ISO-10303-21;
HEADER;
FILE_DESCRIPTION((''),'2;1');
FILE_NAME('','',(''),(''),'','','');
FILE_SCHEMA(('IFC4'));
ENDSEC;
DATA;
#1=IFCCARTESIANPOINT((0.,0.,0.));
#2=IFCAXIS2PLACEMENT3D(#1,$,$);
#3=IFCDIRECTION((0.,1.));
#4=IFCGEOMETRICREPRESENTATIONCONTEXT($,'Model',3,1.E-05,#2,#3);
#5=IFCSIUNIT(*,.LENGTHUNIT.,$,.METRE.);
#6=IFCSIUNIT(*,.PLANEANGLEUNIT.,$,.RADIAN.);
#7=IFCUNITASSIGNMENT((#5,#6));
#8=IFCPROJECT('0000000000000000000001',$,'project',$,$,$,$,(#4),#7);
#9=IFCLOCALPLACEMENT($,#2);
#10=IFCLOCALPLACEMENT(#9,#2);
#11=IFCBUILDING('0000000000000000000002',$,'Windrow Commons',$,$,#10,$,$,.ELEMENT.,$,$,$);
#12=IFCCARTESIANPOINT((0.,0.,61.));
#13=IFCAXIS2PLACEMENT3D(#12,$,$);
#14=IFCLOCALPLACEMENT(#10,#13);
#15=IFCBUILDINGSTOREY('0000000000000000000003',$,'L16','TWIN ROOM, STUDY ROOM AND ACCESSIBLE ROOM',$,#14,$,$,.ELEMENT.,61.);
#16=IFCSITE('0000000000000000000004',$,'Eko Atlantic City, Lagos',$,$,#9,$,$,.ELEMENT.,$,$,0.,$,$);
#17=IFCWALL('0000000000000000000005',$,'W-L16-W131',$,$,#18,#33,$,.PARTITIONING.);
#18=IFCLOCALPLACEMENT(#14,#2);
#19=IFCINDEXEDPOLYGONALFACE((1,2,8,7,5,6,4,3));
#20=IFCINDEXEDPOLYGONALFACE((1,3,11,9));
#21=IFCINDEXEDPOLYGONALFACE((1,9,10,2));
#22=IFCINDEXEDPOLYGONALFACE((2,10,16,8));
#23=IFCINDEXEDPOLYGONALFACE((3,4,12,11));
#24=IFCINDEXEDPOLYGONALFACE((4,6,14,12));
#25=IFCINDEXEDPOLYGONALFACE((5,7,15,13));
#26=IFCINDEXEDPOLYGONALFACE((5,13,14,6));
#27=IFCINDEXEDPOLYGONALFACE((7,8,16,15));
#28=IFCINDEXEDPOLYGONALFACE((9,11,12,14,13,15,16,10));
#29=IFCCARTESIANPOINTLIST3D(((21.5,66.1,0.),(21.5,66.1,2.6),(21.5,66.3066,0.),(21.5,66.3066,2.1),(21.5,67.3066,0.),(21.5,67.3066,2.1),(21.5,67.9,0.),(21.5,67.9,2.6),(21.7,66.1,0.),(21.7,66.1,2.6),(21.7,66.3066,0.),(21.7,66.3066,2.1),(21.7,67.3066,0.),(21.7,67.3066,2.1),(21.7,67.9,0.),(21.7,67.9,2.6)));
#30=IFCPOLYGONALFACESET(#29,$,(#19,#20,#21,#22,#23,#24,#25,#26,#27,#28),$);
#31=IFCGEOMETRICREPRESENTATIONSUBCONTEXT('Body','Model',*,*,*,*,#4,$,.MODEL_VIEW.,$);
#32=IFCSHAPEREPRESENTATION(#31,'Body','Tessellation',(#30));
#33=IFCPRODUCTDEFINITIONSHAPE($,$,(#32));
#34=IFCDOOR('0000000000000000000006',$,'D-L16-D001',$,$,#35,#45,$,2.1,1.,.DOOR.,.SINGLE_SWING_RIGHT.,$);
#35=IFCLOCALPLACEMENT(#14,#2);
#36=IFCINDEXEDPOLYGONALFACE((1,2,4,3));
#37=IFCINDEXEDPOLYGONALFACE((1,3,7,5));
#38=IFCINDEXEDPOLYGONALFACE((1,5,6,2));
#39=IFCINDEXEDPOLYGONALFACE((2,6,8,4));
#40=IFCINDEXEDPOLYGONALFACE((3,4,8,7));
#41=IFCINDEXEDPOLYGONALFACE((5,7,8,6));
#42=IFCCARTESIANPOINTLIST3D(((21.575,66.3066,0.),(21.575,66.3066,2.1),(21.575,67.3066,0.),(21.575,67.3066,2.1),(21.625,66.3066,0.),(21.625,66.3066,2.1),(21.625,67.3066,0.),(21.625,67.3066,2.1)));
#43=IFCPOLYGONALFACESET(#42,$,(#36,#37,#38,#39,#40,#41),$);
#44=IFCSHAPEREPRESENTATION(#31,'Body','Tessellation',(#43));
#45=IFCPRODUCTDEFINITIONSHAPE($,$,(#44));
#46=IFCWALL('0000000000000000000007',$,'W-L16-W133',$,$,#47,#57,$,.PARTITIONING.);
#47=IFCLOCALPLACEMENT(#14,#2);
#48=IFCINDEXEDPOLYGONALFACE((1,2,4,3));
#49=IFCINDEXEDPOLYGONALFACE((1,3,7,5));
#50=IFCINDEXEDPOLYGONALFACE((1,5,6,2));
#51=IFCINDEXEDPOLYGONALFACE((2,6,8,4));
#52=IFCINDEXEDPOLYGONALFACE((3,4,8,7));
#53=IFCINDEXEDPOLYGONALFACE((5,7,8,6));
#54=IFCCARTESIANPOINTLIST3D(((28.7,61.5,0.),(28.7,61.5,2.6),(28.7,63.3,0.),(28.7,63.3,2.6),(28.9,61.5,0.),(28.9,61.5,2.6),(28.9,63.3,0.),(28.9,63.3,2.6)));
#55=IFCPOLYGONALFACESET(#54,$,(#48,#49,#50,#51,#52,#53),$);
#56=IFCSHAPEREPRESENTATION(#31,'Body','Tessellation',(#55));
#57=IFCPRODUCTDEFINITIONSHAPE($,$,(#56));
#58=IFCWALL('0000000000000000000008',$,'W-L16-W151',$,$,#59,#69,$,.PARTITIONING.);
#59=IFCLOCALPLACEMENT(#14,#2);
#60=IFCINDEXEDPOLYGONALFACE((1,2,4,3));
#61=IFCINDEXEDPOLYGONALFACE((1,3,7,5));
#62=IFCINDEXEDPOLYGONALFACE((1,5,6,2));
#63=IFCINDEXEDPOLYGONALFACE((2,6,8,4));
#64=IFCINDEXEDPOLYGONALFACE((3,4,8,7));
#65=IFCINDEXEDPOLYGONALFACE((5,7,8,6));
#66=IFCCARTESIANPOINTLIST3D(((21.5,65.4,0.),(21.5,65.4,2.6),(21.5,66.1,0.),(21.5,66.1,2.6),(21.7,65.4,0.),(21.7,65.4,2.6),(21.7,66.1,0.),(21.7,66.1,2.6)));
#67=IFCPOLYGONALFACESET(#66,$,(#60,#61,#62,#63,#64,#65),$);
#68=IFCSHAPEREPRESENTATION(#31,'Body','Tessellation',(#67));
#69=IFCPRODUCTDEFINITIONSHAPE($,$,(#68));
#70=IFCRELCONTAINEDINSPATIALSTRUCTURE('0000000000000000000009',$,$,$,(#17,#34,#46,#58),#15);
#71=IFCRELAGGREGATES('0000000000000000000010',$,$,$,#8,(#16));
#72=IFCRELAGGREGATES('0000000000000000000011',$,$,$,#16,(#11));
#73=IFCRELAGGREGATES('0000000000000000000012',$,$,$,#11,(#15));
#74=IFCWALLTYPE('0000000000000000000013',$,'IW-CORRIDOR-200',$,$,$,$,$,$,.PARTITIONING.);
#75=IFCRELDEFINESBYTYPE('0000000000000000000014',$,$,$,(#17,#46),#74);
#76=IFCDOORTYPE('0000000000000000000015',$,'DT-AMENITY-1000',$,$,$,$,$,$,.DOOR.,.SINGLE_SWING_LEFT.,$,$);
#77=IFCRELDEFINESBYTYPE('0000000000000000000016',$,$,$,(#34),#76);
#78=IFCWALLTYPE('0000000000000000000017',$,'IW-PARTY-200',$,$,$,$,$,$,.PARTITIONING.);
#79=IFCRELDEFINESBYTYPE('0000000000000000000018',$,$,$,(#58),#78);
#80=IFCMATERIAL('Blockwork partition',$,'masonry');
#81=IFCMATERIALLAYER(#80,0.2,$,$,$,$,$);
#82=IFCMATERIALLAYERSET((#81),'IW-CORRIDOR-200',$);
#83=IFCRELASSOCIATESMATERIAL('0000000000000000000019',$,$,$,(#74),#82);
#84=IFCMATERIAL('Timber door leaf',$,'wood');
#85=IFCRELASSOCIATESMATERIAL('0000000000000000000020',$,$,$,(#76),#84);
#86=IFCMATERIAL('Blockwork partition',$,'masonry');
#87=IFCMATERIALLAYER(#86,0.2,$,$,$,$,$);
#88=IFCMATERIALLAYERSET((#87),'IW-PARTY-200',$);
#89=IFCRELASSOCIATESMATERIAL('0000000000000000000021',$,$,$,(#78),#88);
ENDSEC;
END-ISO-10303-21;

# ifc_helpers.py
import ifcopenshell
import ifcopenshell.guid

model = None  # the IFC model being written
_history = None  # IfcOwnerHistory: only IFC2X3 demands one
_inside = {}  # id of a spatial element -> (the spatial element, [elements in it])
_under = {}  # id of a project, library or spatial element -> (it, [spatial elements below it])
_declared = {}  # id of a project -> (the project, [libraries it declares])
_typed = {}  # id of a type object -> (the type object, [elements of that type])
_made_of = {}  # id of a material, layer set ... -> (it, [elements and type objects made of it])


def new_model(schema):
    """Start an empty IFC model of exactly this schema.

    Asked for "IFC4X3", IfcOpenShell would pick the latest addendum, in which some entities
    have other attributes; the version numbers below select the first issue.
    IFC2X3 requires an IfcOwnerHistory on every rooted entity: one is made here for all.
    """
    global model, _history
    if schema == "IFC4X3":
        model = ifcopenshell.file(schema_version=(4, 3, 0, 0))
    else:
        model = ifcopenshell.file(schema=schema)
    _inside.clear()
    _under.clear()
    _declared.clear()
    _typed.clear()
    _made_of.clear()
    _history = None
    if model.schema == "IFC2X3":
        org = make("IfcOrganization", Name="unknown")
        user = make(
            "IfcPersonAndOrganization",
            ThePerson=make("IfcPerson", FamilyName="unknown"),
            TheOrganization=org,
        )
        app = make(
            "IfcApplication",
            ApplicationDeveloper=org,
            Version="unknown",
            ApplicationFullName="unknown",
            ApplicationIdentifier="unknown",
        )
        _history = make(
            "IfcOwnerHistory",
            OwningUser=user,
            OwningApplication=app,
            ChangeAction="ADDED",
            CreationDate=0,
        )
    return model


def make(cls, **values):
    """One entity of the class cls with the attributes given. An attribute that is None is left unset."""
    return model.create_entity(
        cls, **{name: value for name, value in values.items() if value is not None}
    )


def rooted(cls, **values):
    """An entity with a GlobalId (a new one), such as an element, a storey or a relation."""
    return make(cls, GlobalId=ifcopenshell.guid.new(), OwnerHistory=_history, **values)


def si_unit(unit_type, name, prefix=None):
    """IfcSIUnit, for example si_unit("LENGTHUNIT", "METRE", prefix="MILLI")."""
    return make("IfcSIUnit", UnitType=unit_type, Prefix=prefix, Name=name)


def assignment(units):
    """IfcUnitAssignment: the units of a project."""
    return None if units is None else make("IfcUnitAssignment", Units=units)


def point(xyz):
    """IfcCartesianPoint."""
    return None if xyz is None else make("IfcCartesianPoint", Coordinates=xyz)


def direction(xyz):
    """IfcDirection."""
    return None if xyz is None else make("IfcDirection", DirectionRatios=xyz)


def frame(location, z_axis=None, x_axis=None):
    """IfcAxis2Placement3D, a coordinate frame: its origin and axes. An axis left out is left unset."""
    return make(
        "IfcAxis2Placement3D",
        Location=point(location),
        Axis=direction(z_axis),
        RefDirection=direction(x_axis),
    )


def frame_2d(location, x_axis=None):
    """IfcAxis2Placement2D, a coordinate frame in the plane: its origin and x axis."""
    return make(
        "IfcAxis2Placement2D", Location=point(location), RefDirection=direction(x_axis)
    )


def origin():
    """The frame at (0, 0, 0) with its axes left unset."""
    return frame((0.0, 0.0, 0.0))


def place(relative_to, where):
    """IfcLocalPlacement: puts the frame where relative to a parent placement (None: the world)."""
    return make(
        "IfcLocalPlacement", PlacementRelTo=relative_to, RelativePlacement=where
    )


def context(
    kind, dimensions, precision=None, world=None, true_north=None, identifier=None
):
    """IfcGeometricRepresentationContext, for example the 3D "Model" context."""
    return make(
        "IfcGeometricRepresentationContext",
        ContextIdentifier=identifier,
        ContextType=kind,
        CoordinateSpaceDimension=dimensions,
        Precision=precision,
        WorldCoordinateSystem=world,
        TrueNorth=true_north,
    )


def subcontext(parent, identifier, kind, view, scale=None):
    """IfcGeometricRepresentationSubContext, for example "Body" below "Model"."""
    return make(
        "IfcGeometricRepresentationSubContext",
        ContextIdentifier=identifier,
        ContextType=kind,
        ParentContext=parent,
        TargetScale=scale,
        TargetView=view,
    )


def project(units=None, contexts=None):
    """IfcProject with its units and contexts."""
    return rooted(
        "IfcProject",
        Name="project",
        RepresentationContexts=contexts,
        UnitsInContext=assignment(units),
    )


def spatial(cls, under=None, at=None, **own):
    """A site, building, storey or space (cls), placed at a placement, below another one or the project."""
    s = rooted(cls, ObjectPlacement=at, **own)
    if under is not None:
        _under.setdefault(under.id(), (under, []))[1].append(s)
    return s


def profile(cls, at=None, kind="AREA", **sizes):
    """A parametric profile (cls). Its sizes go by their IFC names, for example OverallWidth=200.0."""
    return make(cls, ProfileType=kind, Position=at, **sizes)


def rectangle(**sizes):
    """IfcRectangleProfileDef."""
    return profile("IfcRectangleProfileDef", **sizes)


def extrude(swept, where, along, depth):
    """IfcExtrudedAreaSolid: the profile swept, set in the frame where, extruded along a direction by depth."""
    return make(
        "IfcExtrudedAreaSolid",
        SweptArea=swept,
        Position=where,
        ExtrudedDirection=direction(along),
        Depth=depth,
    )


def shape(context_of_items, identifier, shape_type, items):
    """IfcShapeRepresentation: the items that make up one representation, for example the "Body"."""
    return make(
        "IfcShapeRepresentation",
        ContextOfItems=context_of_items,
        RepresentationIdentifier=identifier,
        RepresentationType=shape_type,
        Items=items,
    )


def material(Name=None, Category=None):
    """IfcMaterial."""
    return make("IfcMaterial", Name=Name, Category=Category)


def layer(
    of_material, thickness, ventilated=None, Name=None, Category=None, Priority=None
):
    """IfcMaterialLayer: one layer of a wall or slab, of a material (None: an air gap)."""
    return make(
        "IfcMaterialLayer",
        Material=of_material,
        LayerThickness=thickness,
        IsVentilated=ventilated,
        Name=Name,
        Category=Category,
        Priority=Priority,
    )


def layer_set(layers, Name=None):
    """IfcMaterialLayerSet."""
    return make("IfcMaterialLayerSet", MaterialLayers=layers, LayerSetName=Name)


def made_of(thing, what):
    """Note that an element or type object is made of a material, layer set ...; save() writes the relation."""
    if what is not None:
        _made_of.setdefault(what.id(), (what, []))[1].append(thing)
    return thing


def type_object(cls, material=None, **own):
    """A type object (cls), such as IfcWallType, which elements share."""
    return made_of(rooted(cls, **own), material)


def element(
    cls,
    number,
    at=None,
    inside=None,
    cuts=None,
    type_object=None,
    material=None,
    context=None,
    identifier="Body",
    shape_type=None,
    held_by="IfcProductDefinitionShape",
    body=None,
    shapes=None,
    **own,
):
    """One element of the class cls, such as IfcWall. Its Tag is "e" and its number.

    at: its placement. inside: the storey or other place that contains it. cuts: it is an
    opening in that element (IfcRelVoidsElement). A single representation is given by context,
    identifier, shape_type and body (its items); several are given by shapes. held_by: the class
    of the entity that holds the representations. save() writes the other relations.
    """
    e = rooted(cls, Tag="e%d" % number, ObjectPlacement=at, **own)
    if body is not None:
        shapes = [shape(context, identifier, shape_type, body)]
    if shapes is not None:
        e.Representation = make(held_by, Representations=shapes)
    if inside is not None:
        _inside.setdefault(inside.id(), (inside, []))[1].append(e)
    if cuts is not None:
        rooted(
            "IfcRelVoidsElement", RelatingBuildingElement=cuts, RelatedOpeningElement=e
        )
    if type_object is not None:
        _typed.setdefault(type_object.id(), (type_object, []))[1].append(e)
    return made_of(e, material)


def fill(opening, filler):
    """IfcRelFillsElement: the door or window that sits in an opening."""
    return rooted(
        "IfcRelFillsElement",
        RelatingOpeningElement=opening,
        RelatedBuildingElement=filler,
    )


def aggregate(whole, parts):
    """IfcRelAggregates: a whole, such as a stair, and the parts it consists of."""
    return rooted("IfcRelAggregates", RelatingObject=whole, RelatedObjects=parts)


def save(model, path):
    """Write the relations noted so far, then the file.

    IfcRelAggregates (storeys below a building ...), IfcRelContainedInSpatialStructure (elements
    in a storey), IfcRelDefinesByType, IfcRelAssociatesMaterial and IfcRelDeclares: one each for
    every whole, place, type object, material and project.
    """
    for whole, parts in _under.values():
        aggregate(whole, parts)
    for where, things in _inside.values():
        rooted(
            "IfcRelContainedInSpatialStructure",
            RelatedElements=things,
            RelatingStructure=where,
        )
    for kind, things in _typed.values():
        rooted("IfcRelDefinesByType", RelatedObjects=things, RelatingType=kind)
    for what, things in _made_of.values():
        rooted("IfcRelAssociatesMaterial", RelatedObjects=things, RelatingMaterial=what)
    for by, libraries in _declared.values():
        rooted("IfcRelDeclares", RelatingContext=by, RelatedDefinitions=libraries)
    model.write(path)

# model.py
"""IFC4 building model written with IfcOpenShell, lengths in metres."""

from ifc_helpers import new_model, si_unit, direction, frame, frame_2d, origin, place, context, subcontext, project, spatial, rectangle, extrude, material, layer, layer_set, type_object, element, fill, save


model = new_model("IFC4")

# Units and contexts
model_context = context("Model", 3, precision=1e-05, world=origin(), true_north=direction((0.0, 1.0)))
body_context = subcontext(model_context, "Body", "Model", "MODEL_VIEW")
ifc_project = project(units=[si_unit("LENGTHUNIT", "METRE"), si_unit("PLANEANGLEUNIT", "RADIAN")], contexts=[model_context])

# Site, building, storey
site_placement = place(None, origin())
site = spatial("IfcSite", under=ifc_project, at=site_placement, Name="Eko Atlantic City, Lagos", CompositionType="ELEMENT", RefElevation=0.0)
building_placement = place(site_placement, origin())
building = spatial("IfcBuilding", under=site, at=building_placement, Name="Windrow Commons", CompositionType="ELEMENT")
storey_placement = place(building_placement, frame((0.0, 0.0, 61.0)))
storey = spatial("IfcBuildingStorey", under=building, at=storey_placement, Name="L16", Description="TWIN ROOM, STUDY ROOM AND ACCESSIBLE ROOM", CompositionType="ELEMENT", Elevation=61.0)

# Shared definitions
ifc_material_1 = material(Name="Blockwork partition", Category="masonry")
ifc_layer_1 = layer(ifc_material_1, 0.2)
ifc_layer_set_1 = layer_set([ifc_layer_1], Name="IW-CORRIDOR-200")
wall_type_1 = type_object("IfcWallType", Name="IW-CORRIDOR-200", PredefinedType="PARTITIONING", material=ifc_layer_set_1)
ifc_material_2 = material(Name="Timber door leaf", Category="wood")
door_type = type_object("IfcDoorType", Name="DT-AMENITY-1000", OperationType="SINGLE_SWING_LEFT", PredefinedType="DOOR", material=ifc_material_2)

# Wall, opening, door
wall_1_placement = place(storey_placement, frame((21.6, 66.1, 0.0), z_axis=(0.0, 0.0, 1.0), x_axis=(0.0, 1.0, 0.0)))
wall_1 = element("IfcWall", 1, at=wall_1_placement, inside=storey, type_object=wall_type_1, Name="W-L16-W131", PredefinedType="PARTITIONING", context=body_context, shape_type="SweptSolid", body=[
    extrude(rectangle(XDim=1.8, YDim=0.2, at=frame_2d((0.9, 0.0))), origin(), (0.0, 0.0, 1.0), 2.6),
])
opening_1_placement = place(wall_1_placement, frame((0.2066, 0.0, 0.0)))
opening_1 = element("IfcOpeningElement", 2, at=opening_1_placement, cuts=wall_1, PredefinedType="OPENING", context=body_context, shape_type="SweptSolid", body=[
    extrude(rectangle(XDim=1.0, YDim=2.1, at=frame_2d((0.5, 1.05))), frame((0.0, 0.11, 0.0), z_axis=(0.0, -1.0, 0.0), x_axis=(1.0, 0.0, 0.0)), (0.0, 0.0, 1.0), 0.22),
])
door_1_placement = place(opening_1_placement, origin())
door_1 = element("IfcDoor", 3, at=door_1_placement, inside=storey, type_object=door_type, Name="D-L16-D001", OperationType="SINGLE_SWING_RIGHT", OverallHeight=2.1, OverallWidth=1.0, PredefinedType="DOOR", context=body_context, shape_type="SweptSolid", body=[
    extrude(rectangle(XDim=1.0, YDim=2.1, at=frame_2d((0.5, 1.05))), frame((0.0, 0.025, 0.0), z_axis=(0.0, -1.0, 0.0), x_axis=(1.0, 0.0, 0.0)), (0.0, 0.0, 1.0), 0.05),
])
fill(opening_1, door_1)

# Walls
wall_2_placement = place(storey_placement, frame((28.8, 61.5, 0.0), z_axis=(0.0, 0.0, 1.0), x_axis=(0.0, 1.0, 0.0)))
element("IfcWall", 4, at=wall_2_placement, inside=storey, type_object=wall_type_1, Name="W-L16-W133", PredefinedType="PARTITIONING", context=body_context, shape_type="SweptSolid", body=[
    extrude(rectangle(XDim=1.8, YDim=0.2, at=frame_2d((0.9, 0.0))), origin(), (0.0, 0.0, 1.0), 2.6),
])
ifc_material_3 = material(Name="Blockwork partition", Category="masonry")
ifc_layer_2 = layer(ifc_material_3, 0.2)
ifc_layer_set_2 = layer_set([ifc_layer_2], Name="IW-PARTY-200")
wall_type_2 = type_object("IfcWallType", Name="IW-PARTY-200", PredefinedType="PARTITIONING", material=ifc_layer_set_2)
wall_3_placement = place(storey_placement, frame((21.6, 65.4, 0.0), z_axis=(0.0, 0.0, 1.0), x_axis=(0.0, 1.0, 0.0)))
element("IfcWall", 5, at=wall_3_placement, inside=storey, type_object=wall_type_2, Name="W-L16-W151", PredefinedType="PARTITIONING", context=body_context, shape_type="SweptSolid", body=[
    extrude(rectangle(XDim=0.7, YDim=0.2, at=frame_2d((0.35, 0.0))), origin(), (0.0, 0.0, 1.0), 2.6),
])

save(model, "model.ifc")
